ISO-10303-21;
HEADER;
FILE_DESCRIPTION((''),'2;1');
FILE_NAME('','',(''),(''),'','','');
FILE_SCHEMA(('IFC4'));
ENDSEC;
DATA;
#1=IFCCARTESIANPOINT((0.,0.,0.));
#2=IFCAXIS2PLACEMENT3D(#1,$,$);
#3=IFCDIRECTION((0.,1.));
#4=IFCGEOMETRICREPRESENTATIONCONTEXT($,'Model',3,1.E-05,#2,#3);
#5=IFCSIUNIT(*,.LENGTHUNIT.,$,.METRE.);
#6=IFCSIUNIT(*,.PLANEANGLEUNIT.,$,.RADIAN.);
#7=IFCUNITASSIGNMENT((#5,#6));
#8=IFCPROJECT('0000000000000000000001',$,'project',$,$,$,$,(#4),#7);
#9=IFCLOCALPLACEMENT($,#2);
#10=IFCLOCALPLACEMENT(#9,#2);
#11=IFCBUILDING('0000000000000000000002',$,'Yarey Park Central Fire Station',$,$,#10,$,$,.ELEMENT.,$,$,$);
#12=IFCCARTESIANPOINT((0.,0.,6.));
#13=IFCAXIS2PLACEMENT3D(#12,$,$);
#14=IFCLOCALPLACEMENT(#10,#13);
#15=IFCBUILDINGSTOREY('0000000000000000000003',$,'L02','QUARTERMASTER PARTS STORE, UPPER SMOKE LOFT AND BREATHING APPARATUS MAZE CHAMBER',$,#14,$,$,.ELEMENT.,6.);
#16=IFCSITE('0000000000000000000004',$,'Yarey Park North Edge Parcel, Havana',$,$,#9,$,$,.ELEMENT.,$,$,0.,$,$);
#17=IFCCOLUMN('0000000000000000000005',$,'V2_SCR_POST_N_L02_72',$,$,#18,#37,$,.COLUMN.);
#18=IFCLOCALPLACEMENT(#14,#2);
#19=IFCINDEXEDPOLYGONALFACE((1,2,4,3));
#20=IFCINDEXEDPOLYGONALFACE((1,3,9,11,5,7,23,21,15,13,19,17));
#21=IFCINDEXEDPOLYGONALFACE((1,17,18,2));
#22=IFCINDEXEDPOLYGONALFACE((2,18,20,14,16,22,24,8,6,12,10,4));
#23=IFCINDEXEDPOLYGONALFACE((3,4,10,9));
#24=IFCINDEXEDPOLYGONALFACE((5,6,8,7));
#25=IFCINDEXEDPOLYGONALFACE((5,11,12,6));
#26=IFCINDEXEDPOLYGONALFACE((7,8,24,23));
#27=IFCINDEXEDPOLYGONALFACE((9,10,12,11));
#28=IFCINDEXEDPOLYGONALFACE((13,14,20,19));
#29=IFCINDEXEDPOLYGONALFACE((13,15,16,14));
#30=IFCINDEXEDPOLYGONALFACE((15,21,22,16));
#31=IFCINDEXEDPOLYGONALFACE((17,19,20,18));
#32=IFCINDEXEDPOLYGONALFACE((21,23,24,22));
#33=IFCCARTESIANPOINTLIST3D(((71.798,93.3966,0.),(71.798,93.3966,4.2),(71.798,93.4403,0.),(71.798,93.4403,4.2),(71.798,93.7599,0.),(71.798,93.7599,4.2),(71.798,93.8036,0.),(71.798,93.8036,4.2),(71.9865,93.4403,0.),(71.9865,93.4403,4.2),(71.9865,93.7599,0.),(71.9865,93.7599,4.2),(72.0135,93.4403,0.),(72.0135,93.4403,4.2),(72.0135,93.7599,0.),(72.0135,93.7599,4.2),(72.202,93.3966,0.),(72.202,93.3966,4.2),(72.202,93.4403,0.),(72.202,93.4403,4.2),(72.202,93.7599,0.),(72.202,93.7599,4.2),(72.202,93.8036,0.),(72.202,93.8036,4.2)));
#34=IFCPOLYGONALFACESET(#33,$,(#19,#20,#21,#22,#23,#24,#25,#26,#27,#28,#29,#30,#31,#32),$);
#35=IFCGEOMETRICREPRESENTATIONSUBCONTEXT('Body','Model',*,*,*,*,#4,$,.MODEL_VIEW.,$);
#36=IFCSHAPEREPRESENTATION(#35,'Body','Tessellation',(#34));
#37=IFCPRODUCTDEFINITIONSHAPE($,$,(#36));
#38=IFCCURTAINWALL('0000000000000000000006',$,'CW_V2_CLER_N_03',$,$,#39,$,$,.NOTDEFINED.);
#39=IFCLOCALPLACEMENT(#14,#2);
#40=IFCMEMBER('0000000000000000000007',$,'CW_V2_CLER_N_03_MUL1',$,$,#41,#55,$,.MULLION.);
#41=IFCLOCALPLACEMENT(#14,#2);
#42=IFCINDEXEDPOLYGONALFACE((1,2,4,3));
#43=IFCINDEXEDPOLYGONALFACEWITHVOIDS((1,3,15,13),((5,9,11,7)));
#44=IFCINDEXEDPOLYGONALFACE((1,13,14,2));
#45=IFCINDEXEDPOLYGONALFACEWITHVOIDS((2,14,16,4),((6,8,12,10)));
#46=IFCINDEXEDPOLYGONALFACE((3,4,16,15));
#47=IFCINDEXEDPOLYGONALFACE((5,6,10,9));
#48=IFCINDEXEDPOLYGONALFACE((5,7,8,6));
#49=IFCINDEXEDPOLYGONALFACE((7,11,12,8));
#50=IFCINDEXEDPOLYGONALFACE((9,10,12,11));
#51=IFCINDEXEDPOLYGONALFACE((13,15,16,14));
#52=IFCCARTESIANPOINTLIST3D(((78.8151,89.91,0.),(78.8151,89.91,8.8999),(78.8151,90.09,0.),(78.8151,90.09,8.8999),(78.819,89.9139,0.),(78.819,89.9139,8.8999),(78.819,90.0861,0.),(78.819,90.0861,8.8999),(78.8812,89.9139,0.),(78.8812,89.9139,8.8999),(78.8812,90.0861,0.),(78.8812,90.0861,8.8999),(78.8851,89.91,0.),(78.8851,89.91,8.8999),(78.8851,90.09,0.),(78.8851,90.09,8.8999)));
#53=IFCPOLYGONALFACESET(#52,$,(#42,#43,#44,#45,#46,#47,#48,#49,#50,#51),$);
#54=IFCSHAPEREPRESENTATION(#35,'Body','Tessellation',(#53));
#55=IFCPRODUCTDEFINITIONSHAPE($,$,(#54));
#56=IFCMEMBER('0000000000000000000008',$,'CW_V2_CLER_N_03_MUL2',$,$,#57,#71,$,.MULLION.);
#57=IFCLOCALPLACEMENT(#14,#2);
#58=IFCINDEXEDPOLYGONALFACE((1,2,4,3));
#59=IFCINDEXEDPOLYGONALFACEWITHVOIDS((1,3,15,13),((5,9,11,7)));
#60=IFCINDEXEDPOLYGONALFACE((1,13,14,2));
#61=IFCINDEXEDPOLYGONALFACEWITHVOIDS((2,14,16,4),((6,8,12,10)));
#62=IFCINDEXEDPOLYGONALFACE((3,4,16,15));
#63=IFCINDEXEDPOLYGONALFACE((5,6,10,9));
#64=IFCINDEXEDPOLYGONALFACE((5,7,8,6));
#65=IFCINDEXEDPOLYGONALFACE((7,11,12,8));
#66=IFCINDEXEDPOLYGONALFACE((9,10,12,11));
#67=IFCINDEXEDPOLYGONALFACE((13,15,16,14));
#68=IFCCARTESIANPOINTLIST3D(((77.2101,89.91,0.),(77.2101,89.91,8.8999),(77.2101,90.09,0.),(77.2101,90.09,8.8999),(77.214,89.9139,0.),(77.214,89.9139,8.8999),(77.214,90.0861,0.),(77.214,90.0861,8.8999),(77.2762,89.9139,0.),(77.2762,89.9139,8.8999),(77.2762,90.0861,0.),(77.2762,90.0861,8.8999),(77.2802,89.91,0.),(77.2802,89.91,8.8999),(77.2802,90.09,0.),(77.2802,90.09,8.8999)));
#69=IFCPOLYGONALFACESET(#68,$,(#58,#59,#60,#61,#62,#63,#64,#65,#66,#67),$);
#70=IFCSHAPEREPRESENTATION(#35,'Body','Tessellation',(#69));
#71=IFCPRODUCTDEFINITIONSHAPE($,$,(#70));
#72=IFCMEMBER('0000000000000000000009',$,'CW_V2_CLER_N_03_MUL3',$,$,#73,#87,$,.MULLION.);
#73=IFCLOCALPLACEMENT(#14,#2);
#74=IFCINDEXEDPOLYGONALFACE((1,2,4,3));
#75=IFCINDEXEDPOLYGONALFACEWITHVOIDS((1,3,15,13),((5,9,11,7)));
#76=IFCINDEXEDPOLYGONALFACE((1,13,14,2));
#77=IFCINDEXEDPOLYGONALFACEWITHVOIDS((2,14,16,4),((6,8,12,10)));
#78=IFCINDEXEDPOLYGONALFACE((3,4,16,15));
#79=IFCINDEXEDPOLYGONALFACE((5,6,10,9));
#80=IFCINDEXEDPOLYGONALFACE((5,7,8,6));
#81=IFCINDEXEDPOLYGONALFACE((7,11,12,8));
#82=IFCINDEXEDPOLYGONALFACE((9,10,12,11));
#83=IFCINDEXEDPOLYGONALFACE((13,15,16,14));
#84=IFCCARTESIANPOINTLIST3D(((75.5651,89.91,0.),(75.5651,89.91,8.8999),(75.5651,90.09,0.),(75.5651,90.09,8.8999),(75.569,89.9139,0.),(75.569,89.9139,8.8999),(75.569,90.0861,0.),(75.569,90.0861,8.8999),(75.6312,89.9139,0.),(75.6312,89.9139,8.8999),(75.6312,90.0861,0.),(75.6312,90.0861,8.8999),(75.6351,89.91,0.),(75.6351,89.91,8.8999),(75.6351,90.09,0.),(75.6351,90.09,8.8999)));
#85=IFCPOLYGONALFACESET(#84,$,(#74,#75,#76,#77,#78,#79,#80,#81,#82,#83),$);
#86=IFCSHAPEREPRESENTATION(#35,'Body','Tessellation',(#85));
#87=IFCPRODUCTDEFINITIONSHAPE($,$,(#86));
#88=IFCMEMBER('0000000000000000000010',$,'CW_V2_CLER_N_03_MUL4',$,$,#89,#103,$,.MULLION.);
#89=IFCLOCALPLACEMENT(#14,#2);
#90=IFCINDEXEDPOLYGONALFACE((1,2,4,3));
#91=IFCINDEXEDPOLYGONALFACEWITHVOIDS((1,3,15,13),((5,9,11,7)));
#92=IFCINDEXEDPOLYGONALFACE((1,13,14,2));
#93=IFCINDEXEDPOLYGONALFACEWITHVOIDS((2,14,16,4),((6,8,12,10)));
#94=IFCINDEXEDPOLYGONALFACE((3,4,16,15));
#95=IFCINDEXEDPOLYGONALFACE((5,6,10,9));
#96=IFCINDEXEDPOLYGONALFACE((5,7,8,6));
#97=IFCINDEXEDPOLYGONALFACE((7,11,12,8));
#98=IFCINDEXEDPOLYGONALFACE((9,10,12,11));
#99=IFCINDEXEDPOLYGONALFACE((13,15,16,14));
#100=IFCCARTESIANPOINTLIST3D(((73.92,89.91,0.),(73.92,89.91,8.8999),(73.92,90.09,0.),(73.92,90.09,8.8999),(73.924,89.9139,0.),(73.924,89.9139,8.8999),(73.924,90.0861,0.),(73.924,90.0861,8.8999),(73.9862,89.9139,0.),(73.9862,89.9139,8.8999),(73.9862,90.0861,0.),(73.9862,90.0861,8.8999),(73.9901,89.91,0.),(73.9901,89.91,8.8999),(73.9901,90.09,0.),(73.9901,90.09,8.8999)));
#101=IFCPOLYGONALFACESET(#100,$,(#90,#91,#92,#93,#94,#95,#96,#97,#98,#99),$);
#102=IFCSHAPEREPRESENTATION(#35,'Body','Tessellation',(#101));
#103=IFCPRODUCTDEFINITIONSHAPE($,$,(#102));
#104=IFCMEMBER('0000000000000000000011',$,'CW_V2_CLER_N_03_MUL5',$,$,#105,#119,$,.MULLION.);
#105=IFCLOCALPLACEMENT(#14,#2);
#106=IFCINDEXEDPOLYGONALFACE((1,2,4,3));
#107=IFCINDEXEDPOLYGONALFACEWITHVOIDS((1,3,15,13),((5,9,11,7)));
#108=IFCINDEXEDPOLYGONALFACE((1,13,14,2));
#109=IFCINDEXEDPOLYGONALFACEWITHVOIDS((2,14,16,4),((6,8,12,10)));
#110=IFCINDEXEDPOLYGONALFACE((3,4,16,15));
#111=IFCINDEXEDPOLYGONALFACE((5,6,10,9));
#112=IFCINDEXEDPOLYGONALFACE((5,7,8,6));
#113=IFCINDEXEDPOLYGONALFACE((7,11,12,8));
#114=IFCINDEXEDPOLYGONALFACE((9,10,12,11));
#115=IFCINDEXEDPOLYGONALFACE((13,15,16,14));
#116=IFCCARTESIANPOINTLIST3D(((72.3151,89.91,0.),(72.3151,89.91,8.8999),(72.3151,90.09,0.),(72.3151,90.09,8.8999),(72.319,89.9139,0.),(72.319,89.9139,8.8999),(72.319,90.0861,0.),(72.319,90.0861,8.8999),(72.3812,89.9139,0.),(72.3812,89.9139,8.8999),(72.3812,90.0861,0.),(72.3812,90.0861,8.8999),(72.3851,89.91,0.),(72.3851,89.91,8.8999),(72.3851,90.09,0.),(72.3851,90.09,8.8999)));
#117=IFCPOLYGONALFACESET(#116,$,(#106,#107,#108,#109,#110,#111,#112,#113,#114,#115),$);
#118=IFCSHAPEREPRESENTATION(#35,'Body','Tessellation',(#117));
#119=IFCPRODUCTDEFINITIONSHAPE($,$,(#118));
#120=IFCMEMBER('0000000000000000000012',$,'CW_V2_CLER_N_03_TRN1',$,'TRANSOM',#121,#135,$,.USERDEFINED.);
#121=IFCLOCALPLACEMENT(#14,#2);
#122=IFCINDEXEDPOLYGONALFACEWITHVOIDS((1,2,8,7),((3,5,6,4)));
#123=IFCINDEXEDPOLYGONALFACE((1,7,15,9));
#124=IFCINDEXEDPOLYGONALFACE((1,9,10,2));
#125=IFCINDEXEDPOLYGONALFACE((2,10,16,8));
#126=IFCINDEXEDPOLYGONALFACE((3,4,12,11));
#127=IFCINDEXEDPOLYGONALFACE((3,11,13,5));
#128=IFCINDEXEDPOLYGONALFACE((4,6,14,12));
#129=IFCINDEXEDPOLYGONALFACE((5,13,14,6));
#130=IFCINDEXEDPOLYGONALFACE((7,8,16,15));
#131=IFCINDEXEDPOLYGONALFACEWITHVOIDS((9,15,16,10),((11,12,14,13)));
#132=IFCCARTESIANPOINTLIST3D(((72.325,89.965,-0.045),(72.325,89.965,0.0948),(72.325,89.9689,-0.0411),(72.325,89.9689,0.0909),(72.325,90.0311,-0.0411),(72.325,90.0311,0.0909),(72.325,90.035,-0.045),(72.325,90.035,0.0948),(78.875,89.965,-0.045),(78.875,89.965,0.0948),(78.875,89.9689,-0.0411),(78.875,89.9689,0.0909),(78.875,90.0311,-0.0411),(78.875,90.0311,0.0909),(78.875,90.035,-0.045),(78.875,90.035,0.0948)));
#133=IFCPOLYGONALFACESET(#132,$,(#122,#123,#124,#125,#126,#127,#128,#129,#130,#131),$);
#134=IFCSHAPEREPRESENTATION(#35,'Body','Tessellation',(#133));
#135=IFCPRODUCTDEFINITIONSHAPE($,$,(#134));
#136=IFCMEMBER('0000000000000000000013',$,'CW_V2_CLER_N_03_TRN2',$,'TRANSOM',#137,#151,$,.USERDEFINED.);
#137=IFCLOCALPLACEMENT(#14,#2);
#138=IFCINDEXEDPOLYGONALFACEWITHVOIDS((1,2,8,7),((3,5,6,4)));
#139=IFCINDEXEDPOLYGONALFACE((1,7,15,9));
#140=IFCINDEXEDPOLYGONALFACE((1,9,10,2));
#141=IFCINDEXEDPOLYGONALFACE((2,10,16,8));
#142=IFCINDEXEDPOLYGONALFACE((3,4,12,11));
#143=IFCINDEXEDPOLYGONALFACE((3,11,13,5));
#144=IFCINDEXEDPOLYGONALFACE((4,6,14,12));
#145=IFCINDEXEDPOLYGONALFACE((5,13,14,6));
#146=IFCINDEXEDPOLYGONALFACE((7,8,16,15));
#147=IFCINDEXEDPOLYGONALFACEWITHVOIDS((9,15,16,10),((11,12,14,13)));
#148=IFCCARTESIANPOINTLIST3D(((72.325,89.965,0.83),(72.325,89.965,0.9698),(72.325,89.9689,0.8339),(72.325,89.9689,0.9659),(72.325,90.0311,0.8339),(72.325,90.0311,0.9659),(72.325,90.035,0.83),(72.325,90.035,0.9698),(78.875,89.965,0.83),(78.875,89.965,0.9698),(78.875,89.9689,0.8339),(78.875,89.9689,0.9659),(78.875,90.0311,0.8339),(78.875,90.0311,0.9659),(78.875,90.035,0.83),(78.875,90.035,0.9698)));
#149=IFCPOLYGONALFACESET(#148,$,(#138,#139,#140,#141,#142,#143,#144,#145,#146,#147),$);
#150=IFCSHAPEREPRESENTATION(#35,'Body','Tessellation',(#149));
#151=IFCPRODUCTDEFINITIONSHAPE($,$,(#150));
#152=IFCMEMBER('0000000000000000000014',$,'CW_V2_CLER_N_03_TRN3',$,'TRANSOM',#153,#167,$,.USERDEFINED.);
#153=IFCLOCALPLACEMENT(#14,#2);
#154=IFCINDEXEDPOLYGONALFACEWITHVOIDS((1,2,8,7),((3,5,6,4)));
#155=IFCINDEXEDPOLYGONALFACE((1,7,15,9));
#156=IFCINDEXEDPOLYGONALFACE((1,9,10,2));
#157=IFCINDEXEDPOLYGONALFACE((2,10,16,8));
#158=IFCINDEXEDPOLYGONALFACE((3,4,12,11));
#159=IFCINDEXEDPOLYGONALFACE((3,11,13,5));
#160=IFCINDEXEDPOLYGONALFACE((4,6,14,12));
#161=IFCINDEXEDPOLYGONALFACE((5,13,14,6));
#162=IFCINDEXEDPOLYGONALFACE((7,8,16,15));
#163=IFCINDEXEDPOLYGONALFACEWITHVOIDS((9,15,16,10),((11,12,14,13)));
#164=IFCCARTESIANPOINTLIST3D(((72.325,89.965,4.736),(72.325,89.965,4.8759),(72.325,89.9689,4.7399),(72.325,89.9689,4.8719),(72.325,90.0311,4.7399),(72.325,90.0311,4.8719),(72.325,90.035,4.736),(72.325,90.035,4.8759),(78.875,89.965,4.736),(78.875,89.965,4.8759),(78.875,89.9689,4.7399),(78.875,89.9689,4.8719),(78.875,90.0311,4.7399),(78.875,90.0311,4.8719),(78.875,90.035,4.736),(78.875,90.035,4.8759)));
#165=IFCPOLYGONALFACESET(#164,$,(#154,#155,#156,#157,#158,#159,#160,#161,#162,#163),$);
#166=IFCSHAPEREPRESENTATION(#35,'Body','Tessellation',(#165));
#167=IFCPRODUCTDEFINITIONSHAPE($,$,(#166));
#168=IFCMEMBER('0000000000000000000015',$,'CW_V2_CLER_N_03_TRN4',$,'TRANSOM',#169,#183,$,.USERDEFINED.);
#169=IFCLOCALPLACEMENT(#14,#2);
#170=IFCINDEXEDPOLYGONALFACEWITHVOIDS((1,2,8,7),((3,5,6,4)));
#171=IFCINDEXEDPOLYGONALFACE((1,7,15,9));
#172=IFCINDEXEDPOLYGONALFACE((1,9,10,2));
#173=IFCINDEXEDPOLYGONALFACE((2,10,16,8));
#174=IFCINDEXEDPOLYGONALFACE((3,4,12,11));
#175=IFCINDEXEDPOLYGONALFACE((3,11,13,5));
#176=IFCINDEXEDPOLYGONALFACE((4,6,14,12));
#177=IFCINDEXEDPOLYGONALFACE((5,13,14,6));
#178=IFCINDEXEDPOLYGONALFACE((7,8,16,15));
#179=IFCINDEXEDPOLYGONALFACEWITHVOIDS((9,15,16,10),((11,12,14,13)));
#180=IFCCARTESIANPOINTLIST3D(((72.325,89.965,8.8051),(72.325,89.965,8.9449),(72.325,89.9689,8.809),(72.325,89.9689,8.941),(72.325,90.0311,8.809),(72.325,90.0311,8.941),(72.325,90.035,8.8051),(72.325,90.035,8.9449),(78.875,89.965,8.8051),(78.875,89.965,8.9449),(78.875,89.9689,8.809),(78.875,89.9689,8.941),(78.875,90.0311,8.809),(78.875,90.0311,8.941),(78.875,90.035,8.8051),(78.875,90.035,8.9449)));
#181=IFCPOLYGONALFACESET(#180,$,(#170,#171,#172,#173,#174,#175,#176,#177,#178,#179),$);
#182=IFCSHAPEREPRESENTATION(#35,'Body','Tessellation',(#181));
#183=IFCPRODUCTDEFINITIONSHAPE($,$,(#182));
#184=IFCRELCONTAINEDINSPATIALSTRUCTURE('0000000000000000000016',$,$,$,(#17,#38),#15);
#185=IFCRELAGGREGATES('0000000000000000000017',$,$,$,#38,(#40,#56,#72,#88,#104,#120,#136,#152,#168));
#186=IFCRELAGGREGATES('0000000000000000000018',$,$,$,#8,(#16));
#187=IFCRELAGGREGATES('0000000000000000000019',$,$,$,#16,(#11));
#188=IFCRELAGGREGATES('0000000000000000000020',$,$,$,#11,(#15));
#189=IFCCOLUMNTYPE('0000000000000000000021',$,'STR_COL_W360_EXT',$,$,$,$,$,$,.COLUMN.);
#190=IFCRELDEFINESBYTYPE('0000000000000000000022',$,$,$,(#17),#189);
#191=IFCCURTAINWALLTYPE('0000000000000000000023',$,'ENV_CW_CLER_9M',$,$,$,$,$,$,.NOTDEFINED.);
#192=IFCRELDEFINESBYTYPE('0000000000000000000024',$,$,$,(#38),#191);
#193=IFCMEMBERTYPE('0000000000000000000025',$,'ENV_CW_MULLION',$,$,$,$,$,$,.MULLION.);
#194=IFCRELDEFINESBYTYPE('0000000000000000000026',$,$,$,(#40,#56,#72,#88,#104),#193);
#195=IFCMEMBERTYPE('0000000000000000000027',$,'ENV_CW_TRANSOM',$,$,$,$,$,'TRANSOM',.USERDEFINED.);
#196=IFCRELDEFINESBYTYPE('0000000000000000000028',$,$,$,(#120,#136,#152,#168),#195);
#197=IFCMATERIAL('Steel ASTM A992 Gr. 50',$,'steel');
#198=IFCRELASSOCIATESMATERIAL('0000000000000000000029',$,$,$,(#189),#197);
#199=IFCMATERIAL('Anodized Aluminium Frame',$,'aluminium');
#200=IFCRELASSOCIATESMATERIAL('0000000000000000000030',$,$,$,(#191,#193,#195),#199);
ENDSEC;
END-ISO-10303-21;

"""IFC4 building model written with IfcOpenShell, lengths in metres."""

from ifc_helpers import new_model, si_unit, direction, frame, origin, origin_2d, place, context, subcontext, project, spatial, hollow_rectangle, i_section, extrude, material, material_profile, profile_set, type_object, element, aggregate, save


model = new_model("IFC4")

# Units and contexts
model_context = context("Model", 3, precision=1e-05, world=origin(), true_north=direction((0.0, 1.0)))
body_context = subcontext(model_context, "Body", "Model", "MODEL_VIEW")
ifc_project = project(units=[si_unit("LENGTHUNIT", "METRE"), si_unit("PLANEANGLEUNIT", "RADIAN")], contexts=[model_context])

# Site, building, storey
site_placement = place(None, origin())
site = spatial("IfcSite", under=ifc_project, at=site_placement, Name="Yarey Park North Edge Parcel, Havana", CompositionType="ELEMENT", RefElevation=0.0)
building_placement = place(site_placement, origin())
building = spatial("IfcBuilding", under=site, at=building_placement, Name="Yarey Park Central Fire Station", CompositionType="ELEMENT")
storey_placement = place(building_placement, frame((0.0, 0.0, 6.0)))
storey = spatial("IfcBuildingStorey", under=building, at=storey_placement, Name="L02", Description="QUARTERMASTER PARTS STORE, UPPER SMOKE LOFT AND BREATHING APPARATUS MAZE CHAMBER", CompositionType="ELEMENT", Elevation=6.0)

# Column
ifc_material_1 = material(Name="Steel ASTM A992 Gr. 50", Category="steel")
ifc_material_profile_1 = material_profile(ifc_material_1, i_section(OverallWidth=0.4041, OverallDepth=0.407, WebThickness=0.0271, FlangeThickness=0.0437, at=origin_2d()), Name="W360x347")
ifc_profile_set_1 = profile_set([ifc_material_profile_1], Name="Steel ASTM A992 Gr. 50")
column_type = type_object("IfcColumnType", Name="STR_COL_W360_EXT", PredefinedType="COLUMN", material=ifc_profile_set_1)
column_placement = place(storey_placement, frame((72.0, 93.6001, 0.0), z_axis=(0.0, 0.0, 1.0), x_axis=(1.0, 0.0, 0.0)))
element("IfcColumn", 1, at=column_placement, inside=storey, type_object=column_type, Name="V2_SCR_POST_N_L02_72", PredefinedType="COLUMN", context=body_context, shape_type="SweptSolid", body=[
    extrude(i_section(OverallWidth=0.4041, OverallDepth=0.407, WebThickness=0.0271, FlangeThickness=0.0437, at=origin_2d()), origin(), (0.0, 0.0, 1.0), 4.2),
])

# Curtain wall, members
ifc_material_2 = material(Name="Anodized Aluminium Frame", Category="aluminium")
curtain_wall_type = type_object("IfcCurtainWallType", Name="ENV_CW_CLER_9M", PredefinedType="NOTDEFINED", material=ifc_material_2)
curtain_wall_placement = place(storey_placement, origin())
curtain_wall = element("IfcCurtainWall", 2, at=curtain_wall_placement, inside=storey, type_object=curtain_wall_type, Name="CW_V2_CLER_N_03", PredefinedType="NOTDEFINED")
ifc_material_profile_2 = material_profile(ifc_material_2, hollow_rectangle(XDim=0.0701, YDim=0.1799, WallThickness=0.0039, at=origin_2d()), Name="ALU 180x70x4")
ifc_profile_set_2 = profile_set([ifc_material_profile_2], Name="Anodized Aluminium Frame")
member_type_1 = type_object("IfcMemberType", Name="ENV_CW_MULLION", PredefinedType="MULLION", material=ifc_profile_set_2)
member_1_placement = place(storey_placement, frame((78.8501, 90.0, 0.0), z_axis=(0.0, 0.0, 1.0), x_axis=(1.0, 0.0, 0.0)))
member_1 = element("IfcMember", 3, at=member_1_placement, type_object=member_type_1, Name="CW_V2_CLER_N_03_MUL1", PredefinedType="MULLION", context=body_context, shape_type="SweptSolid", body=[
    extrude(hollow_rectangle(XDim=0.0701, YDim=0.1799, WallThickness=0.0039, at=origin_2d()), origin(), (0.0, 0.0, 1.0), 8.8999),
])
member_2_placement = place(storey_placement, frame((77.2451, 90.0, 0.0), z_axis=(0.0, 0.0, 1.0), x_axis=(1.0, 0.0, 0.0)))
member_2 = element("IfcMember", 4, at=member_2_placement, type_object=member_type_1, Name="CW_V2_CLER_N_03_MUL2", PredefinedType="MULLION", context=body_context, shape_type="SweptSolid", body=[
    extrude(hollow_rectangle(XDim=0.0701, YDim=0.1799, WallThickness=0.0039, at=origin_2d()), origin(), (0.0, 0.0, 1.0), 8.8999),
])
member_3_placement = place(storey_placement, frame((75.6001, 90.0, 0.0), z_axis=(0.0, 0.0, 1.0), x_axis=(1.0, 0.0, 0.0)))
member_3 = element("IfcMember", 5, at=member_3_placement, type_object=member_type_1, Name="CW_V2_CLER_N_03_MUL3", PredefinedType="MULLION", context=body_context, shape_type="SweptSolid", body=[
    extrude(hollow_rectangle(XDim=0.0701, YDim=0.1799, WallThickness=0.0039, at=origin_2d()), origin(), (0.0, 0.0, 1.0), 8.8999),
])
member_4_placement = place(storey_placement, frame((73.9551, 90.0, 0.0), z_axis=(0.0, 0.0, 1.0), x_axis=(1.0, 0.0, 0.0)))
member_4 = element("IfcMember", 6, at=member_4_placement, type_object=member_type_1, Name="CW_V2_CLER_N_03_MUL4", PredefinedType="MULLION", context=body_context, shape_type="SweptSolid", body=[
    extrude(hollow_rectangle(XDim=0.0701, YDim=0.1799, WallThickness=0.0039, at=origin_2d()), origin(), (0.0, 0.0, 1.0), 8.8999),
])
member_5_placement = place(storey_placement, frame((72.3501, 90.0, 0.0), z_axis=(0.0, 0.0, 1.0), x_axis=(1.0, 0.0, 0.0)))
member_5 = element("IfcMember", 7, at=member_5_placement, type_object=member_type_1, Name="CW_V2_CLER_N_03_MUL5", PredefinedType="MULLION", context=body_context, shape_type="SweptSolid", body=[
    extrude(hollow_rectangle(XDim=0.0701, YDim=0.1799, WallThickness=0.0039, at=origin_2d()), origin(), (0.0, 0.0, 1.0), 8.8999),
])
ifc_material_profile_3 = material_profile(ifc_material_2, hollow_rectangle(XDim=0.0701, YDim=0.1399, WallThickness=0.0039, at=origin_2d()), Name="ALU 140x70x4")
ifc_profile_set_3 = profile_set([ifc_material_profile_3], Name="Anodized Aluminium Frame")
member_type_2 = type_object("IfcMemberType", Name="ENV_CW_TRANSOM", ElementType="TRANSOM", PredefinedType="USERDEFINED", material=ifc_profile_set_3)
member_6_placement = place(storey_placement, frame((78.875, 90.0, 0.0249), z_axis=(-1.0, 0.0, 0.0), x_axis=(0.0, -1.0, 0.0)))
member_6 = element("IfcMember", 8, at=member_6_placement, type_object=member_type_2, Name="CW_V2_CLER_N_03_TRN1", ObjectType="TRANSOM", PredefinedType="USERDEFINED", context=body_context, shape_type="SweptSolid", body=[
    extrude(hollow_rectangle(XDim=0.0701, YDim=0.1399, WallThickness=0.0039, at=origin_2d()), origin(), (0.0, 0.0, 1.0), 6.55),
])
member_7_placement = place(storey_placement, frame((78.875, 90.0, 0.8999), z_axis=(-1.0, 0.0, 0.0), x_axis=(0.0, -1.0, 0.0)))
member_7 = element("IfcMember", 9, at=member_7_placement, type_object=member_type_2, Name="CW_V2_CLER_N_03_TRN2", ObjectType="TRANSOM", PredefinedType="USERDEFINED", context=body_context, shape_type="SweptSolid", body=[
    extrude(hollow_rectangle(XDim=0.0701, YDim=0.1399, WallThickness=0.0039, at=origin_2d()), origin(), (0.0, 0.0, 1.0), 6.55),
])
member_8_placement = place(storey_placement, frame((78.875, 90.0, 4.8059), z_axis=(-1.0, 0.0, 0.0), x_axis=(0.0, -1.0, 0.0)))
member_8 = element("IfcMember", 10, at=member_8_placement, type_object=member_type_2, Name="CW_V2_CLER_N_03_TRN3", ObjectType="TRANSOM", PredefinedType="USERDEFINED", context=body_context, shape_type="SweptSolid", body=[
    extrude(hollow_rectangle(XDim=0.0701, YDim=0.1399, WallThickness=0.0039, at=origin_2d()), origin(), (0.0, 0.0, 1.0), 6.55),
])
member_9_placement = place(storey_placement, frame((78.875, 90.0, 8.875), z_axis=(-1.0, 0.0, 0.0), x_axis=(0.0, -1.0, 0.0)))
member_9 = element("IfcMember", 11, at=member_9_placement, type_object=member_type_2, Name="CW_V2_CLER_N_03_TRN4", ObjectType="TRANSOM", PredefinedType="USERDEFINED", context=body_context, shape_type="SweptSolid", body=[
    extrude(hollow_rectangle(XDim=0.0701, YDim=0.1399, WallThickness=0.0039, at=origin_2d()), origin(), (0.0, 0.0, 1.0), 6.55),
])

aggregate(curtain_wall, [member_1, member_2, member_3, member_4, member_5, member_6, member_7, member_8, member_9])

save(model, "model.ifc")
